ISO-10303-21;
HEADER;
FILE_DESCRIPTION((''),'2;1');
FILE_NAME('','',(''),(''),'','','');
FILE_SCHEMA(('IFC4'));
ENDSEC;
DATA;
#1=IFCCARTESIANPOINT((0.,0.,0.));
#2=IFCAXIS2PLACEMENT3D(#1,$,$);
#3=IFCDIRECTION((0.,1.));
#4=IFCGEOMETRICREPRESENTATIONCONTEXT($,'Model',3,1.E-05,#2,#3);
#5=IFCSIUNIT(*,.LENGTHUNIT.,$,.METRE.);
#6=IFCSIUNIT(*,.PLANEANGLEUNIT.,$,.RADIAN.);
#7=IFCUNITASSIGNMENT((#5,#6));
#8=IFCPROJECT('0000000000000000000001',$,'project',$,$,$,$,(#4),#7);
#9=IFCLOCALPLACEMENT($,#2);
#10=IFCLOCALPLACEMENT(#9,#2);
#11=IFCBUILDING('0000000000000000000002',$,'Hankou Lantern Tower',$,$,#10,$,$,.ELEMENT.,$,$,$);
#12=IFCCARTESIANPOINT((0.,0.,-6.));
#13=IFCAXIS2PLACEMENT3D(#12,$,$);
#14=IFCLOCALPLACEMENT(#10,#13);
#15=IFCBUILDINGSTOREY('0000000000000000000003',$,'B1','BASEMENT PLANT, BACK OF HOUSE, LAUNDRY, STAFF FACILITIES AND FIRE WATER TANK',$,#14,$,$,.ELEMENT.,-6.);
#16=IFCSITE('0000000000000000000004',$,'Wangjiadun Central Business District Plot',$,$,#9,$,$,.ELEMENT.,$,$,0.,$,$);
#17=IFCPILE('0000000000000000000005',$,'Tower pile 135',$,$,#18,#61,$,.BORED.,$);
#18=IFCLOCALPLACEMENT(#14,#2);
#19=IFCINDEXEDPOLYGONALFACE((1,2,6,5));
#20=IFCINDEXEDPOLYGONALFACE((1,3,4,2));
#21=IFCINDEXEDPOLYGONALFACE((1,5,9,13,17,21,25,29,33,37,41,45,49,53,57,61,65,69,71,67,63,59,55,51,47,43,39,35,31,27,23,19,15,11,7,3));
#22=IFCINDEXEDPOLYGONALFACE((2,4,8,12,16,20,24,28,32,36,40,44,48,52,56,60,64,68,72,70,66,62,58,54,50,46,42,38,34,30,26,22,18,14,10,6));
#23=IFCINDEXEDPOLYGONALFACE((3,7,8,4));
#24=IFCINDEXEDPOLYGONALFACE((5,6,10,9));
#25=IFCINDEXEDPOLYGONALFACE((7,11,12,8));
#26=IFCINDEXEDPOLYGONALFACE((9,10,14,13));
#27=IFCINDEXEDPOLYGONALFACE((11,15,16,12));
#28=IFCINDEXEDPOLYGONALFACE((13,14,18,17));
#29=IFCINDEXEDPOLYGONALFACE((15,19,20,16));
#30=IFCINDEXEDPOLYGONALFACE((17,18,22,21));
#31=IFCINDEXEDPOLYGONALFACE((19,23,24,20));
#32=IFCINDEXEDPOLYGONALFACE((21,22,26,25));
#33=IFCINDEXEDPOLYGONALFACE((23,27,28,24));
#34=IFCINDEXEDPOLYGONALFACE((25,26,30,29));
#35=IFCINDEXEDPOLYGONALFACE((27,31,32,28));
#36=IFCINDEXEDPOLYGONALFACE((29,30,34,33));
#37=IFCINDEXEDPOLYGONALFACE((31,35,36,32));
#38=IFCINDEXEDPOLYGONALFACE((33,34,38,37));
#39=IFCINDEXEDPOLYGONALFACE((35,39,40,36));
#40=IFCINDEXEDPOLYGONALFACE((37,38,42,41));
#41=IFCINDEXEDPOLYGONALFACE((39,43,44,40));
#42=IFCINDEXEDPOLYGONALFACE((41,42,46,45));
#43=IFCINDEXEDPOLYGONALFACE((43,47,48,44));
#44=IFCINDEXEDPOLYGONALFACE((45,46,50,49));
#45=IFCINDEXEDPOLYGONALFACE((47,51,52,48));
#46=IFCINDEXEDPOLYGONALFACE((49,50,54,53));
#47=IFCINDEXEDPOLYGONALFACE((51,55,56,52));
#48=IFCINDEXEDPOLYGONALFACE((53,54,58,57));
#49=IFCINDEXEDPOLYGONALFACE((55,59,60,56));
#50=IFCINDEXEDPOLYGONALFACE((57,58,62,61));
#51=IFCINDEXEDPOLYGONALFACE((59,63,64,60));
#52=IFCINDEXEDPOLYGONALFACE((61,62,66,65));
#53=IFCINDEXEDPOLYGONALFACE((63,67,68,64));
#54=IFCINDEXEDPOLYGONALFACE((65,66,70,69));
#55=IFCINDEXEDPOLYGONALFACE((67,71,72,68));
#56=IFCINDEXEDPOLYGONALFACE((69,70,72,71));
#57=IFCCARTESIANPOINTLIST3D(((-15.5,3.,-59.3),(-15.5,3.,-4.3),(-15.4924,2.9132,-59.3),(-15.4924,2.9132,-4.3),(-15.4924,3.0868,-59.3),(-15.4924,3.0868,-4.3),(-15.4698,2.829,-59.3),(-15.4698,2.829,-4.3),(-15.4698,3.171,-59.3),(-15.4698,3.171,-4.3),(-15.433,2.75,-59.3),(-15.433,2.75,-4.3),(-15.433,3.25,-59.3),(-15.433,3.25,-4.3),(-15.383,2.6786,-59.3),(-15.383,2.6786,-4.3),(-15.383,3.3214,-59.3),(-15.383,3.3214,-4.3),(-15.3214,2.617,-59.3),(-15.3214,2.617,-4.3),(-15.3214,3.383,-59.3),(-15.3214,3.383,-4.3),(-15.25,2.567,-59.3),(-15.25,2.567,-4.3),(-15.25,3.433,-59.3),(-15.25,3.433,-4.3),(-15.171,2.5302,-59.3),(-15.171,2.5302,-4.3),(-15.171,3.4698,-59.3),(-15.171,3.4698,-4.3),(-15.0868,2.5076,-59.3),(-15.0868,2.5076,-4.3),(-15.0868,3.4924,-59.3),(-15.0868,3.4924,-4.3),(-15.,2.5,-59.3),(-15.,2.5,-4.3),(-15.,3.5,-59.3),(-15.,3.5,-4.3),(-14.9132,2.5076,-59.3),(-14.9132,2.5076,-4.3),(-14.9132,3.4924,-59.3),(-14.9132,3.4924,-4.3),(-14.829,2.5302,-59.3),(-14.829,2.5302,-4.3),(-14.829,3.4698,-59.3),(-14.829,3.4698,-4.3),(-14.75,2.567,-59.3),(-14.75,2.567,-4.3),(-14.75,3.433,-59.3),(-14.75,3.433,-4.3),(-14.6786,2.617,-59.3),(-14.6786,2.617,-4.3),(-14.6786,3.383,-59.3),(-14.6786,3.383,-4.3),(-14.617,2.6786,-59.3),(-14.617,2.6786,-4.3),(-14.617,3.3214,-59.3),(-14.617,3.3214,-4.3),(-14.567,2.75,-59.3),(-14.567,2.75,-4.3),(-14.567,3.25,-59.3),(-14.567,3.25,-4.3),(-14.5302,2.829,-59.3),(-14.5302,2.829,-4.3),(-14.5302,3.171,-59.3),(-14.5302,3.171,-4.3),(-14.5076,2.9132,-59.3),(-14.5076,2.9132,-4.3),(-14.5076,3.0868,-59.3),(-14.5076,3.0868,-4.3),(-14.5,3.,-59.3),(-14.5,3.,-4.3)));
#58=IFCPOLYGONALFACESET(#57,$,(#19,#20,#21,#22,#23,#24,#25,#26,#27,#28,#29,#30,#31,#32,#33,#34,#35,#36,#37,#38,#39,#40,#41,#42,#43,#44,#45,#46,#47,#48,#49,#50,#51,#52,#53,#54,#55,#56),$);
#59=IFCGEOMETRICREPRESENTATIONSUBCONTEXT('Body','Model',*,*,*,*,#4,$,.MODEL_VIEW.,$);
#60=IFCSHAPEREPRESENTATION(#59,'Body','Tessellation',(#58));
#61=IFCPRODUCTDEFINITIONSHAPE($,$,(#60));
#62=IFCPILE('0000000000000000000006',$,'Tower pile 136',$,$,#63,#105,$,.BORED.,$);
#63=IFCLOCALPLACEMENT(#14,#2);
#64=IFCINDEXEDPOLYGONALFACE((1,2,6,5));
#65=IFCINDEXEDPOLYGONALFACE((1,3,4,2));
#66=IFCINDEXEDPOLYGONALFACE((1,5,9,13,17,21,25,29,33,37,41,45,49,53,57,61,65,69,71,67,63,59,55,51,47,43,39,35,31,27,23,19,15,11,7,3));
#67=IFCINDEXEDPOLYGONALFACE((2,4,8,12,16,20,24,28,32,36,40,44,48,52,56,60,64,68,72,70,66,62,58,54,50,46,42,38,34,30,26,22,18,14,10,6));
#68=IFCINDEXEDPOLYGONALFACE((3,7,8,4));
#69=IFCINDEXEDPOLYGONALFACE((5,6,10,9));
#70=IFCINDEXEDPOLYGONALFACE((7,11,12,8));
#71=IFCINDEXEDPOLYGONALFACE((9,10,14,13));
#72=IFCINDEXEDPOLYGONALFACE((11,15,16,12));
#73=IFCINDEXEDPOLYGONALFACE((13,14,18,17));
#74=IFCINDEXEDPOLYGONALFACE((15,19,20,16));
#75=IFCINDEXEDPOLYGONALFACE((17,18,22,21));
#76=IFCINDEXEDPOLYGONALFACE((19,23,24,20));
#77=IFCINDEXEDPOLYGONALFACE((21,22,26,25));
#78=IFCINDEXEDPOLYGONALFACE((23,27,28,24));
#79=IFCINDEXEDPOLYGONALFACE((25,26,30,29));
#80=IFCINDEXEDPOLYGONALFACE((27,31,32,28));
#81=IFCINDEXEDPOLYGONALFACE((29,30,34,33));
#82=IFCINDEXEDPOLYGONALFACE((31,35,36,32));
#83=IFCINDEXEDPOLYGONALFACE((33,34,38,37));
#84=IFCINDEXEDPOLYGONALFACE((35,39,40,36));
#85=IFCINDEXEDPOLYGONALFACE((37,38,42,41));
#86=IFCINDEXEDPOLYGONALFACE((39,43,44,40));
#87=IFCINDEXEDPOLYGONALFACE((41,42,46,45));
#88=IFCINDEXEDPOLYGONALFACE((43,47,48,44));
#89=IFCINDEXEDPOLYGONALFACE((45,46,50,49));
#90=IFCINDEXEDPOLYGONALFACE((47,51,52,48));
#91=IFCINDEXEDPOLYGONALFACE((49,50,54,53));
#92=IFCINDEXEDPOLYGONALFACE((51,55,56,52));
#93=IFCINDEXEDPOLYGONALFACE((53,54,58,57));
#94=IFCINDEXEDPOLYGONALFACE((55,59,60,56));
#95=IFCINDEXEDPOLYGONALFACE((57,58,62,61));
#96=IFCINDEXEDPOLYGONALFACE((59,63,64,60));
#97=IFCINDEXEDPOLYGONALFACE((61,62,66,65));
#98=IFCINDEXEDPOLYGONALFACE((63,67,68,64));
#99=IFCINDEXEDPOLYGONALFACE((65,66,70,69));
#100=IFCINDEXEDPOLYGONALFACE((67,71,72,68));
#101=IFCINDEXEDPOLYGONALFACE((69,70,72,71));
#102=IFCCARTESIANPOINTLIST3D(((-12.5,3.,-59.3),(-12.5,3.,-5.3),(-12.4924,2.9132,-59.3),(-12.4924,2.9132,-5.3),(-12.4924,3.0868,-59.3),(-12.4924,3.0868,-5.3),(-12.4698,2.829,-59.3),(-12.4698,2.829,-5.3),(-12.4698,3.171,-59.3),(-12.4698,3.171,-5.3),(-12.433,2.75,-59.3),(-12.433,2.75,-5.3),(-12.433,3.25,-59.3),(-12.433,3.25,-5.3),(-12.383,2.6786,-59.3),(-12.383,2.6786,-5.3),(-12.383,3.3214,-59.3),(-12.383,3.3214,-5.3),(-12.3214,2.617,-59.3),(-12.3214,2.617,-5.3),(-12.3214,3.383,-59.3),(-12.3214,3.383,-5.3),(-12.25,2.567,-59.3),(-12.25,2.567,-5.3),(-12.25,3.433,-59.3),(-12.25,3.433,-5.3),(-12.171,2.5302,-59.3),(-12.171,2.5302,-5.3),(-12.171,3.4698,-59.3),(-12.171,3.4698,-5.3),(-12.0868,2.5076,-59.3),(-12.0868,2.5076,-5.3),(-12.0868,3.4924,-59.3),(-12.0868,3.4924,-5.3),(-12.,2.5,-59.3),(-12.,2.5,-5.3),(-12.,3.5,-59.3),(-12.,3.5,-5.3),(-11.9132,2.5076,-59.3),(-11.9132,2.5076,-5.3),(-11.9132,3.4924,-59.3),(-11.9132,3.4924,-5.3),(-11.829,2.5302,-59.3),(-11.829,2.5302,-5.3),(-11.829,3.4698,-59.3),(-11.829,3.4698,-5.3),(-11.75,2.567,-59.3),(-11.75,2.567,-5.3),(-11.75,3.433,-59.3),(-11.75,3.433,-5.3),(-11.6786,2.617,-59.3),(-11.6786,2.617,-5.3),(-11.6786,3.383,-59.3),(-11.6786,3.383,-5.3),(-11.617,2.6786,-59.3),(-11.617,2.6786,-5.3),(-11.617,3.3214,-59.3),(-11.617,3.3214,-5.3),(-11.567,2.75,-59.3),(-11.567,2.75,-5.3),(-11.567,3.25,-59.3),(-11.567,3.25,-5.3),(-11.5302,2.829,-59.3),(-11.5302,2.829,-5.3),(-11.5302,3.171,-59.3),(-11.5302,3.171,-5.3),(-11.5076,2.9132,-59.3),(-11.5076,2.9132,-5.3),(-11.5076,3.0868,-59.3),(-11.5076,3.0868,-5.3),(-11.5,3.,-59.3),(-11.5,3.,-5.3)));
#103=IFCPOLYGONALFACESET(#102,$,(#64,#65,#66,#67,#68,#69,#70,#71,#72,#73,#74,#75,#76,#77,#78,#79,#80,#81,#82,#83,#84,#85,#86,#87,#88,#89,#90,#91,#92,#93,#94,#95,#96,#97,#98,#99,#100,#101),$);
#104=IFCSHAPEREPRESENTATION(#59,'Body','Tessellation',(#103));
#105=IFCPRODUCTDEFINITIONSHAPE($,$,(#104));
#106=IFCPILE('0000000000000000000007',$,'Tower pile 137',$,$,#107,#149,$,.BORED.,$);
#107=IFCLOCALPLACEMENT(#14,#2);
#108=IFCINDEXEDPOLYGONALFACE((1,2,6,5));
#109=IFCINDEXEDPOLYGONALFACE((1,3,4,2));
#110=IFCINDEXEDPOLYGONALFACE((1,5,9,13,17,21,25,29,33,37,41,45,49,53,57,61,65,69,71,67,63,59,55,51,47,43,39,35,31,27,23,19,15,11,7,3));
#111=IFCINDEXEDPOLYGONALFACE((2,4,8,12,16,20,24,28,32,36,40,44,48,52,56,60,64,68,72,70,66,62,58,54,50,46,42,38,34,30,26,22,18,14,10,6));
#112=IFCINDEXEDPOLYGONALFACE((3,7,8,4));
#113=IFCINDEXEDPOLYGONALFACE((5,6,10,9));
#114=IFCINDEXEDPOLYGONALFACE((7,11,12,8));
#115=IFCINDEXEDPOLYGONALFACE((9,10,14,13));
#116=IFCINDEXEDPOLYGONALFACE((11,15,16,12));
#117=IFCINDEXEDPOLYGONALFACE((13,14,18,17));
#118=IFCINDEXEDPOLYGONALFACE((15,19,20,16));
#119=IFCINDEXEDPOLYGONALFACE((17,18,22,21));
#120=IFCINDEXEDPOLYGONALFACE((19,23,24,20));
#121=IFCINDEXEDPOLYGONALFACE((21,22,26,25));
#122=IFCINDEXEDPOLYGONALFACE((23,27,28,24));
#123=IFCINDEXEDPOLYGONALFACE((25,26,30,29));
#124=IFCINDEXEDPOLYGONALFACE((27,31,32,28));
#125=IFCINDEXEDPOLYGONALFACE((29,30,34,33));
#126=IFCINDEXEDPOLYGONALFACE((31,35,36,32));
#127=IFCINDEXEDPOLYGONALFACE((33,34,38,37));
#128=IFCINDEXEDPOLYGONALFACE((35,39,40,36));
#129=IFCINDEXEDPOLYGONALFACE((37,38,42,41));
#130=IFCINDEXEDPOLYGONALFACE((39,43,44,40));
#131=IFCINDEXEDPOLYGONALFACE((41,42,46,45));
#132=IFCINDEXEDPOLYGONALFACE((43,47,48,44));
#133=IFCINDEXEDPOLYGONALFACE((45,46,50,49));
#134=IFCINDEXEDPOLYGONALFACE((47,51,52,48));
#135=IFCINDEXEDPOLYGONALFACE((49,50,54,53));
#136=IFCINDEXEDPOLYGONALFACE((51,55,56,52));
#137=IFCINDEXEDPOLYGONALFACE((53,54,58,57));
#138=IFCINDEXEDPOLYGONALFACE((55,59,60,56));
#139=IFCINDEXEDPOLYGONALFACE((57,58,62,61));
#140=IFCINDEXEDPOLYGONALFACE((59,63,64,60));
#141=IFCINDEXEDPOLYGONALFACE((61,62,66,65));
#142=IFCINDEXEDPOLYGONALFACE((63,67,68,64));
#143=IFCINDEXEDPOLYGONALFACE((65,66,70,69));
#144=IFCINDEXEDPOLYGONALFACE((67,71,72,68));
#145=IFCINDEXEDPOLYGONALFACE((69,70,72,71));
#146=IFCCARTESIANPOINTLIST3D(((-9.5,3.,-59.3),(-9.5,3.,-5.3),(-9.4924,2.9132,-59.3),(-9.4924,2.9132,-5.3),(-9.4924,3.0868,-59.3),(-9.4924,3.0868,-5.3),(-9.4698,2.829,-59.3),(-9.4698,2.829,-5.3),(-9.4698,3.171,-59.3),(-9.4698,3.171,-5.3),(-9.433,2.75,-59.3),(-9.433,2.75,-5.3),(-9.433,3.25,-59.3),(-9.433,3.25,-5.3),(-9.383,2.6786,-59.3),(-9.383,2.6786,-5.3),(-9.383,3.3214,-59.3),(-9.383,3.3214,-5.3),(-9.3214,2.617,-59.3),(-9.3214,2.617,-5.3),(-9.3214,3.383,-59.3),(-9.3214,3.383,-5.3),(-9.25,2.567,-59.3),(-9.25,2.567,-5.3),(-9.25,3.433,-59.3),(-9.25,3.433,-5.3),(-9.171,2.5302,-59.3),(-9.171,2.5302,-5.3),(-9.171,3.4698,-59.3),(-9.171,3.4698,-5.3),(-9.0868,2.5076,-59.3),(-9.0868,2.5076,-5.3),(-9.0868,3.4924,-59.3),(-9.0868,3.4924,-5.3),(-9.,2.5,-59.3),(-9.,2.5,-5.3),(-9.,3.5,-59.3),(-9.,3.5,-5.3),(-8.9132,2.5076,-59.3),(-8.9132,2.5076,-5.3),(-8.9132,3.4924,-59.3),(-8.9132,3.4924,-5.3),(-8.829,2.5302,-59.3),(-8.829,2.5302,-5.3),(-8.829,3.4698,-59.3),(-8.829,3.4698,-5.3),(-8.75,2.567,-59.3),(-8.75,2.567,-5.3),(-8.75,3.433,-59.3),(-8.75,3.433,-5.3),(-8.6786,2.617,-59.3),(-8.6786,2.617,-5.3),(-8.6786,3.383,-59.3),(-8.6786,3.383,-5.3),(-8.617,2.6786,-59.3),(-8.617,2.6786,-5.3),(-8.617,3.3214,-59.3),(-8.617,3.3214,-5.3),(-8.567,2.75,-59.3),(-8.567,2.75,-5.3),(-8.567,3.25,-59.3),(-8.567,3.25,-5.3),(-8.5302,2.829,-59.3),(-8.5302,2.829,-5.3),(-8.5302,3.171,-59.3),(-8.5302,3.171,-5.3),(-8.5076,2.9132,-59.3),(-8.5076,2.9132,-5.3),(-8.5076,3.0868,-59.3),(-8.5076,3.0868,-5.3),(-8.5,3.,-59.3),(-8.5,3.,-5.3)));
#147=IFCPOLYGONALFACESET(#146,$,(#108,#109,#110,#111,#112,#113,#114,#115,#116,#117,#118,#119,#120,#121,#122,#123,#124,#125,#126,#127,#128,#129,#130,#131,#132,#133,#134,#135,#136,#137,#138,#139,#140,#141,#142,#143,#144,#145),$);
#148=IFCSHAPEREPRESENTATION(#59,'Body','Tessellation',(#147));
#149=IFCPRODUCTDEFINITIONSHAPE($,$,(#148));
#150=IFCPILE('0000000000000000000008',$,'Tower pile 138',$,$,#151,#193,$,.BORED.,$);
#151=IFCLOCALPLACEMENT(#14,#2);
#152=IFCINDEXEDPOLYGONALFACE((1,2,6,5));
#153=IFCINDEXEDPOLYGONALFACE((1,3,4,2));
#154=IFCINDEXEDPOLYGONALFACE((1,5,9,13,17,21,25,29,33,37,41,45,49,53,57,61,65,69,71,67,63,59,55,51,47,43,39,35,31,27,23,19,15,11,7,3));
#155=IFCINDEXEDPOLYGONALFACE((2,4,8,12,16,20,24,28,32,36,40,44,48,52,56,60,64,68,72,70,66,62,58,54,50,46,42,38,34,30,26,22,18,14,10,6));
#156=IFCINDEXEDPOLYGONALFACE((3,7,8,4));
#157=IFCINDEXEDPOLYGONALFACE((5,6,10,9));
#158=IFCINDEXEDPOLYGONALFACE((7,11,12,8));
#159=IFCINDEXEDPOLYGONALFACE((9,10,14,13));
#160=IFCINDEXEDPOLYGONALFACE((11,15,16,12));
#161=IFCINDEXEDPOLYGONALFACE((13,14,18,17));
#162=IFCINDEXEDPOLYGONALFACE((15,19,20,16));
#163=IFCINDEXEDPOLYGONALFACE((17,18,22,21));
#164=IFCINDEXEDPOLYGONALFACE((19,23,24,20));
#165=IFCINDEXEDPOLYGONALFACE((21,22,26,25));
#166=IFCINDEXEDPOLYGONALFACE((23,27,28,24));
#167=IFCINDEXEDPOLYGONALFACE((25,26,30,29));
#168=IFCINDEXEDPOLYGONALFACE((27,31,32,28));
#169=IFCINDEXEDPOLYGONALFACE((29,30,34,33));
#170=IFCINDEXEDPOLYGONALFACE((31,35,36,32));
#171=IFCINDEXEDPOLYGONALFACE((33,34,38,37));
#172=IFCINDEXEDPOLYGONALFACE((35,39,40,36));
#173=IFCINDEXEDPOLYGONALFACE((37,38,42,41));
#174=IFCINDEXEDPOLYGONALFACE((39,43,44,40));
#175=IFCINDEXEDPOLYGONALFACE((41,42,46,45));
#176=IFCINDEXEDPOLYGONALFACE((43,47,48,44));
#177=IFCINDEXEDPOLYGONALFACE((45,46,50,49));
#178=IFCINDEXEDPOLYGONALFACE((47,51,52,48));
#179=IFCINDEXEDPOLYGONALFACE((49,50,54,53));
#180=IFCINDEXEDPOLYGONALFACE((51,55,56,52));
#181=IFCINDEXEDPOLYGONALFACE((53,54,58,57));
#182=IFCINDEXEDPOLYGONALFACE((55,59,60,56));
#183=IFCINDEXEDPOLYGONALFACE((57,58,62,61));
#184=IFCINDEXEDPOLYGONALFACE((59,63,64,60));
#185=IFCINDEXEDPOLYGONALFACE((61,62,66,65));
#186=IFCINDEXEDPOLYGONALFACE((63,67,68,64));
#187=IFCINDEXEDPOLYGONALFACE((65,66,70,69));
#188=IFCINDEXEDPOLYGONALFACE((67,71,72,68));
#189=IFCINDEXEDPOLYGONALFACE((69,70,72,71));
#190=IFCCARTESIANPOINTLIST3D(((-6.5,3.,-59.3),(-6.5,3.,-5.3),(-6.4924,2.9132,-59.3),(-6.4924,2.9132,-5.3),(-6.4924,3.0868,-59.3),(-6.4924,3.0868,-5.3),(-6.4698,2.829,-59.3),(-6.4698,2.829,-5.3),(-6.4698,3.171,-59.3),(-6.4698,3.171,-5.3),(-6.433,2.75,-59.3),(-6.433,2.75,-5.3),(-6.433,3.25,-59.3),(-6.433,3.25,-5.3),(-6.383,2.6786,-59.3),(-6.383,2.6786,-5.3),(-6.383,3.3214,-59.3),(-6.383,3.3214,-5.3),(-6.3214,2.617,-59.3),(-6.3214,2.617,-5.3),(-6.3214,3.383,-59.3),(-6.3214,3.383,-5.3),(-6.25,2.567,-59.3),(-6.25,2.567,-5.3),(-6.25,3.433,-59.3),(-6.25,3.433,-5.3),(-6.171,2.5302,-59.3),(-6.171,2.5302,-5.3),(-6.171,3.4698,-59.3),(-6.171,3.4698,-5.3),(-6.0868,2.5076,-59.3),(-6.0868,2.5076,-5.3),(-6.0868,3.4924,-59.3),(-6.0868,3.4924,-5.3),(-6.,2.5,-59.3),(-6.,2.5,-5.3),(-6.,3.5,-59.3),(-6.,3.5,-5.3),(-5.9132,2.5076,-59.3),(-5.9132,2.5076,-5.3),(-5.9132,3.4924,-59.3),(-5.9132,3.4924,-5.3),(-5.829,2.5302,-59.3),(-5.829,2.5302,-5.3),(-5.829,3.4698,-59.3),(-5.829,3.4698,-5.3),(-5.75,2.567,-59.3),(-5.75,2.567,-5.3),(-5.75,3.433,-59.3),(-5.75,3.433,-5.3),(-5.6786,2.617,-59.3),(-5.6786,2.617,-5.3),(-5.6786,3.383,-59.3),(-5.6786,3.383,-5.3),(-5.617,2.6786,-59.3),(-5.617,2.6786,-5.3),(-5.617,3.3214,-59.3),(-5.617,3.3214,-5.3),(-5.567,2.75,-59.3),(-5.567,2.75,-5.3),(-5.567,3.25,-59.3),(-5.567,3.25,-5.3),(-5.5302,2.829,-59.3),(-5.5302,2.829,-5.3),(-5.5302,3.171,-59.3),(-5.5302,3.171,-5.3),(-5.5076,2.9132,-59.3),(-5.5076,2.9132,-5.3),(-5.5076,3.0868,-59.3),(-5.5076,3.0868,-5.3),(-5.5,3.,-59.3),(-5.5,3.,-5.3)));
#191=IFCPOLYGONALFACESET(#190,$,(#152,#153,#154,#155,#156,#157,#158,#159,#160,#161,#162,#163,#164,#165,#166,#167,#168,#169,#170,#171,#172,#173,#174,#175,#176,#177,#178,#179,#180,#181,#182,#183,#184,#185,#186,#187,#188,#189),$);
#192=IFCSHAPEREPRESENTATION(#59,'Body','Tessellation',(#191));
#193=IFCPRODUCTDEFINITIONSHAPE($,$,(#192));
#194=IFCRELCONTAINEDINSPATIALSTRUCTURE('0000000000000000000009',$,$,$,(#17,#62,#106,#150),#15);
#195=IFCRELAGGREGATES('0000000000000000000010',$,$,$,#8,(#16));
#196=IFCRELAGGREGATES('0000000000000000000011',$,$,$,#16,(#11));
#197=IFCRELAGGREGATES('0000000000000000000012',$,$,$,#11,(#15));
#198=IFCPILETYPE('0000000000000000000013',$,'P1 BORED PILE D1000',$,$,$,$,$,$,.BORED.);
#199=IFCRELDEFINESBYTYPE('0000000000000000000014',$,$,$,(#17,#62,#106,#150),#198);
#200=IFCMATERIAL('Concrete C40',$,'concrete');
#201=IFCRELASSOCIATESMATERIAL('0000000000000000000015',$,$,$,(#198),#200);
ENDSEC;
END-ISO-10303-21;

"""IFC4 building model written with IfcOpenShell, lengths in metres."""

from ifc_helpers import new_model, si_unit, direction, frame, origin, origin_2d, place, context, subcontext, project, spatial, circle, extrude, material, material_profile, profile_set, type_object, element, save


model = new_model("IFC4")

# Units and contexts
model_context = context("Model", 3, precision=1e-05, world=origin(), true_north=direction((0.0, 1.0)))
body_context = subcontext(model_context, "Body", "Model", "MODEL_VIEW")
ifc_project = project(units=[si_unit("LENGTHUNIT", "METRE"), si_unit("PLANEANGLEUNIT", "RADIAN")], contexts=[model_context])

# Site, building, storey
site_placement = place(None, origin())
site = spatial("IfcSite", under=ifc_project, at=site_placement, Name="Wangjiadun Central Business District Plot", CompositionType="ELEMENT", RefElevation=0.0)
building_placement = place(site_placement, origin())
building = spatial("IfcBuilding", under=site, at=building_placement, Name="Hankou Lantern Tower", CompositionType="ELEMENT")
storey_placement = place(building_placement, frame((0.0, 0.0, -6.0)))
storey = spatial("IfcBuildingStorey", under=building, at=storey_placement, Name="B1", Description="BASEMENT PLANT, BACK OF HOUSE, LAUNDRY, STAFF FACILITIES AND FIRE WATER TANK", CompositionType="ELEMENT", Elevation=-6.0)

# Piles
ifc_material_1 = material(Name="Concrete C40", Category="concrete")
ifc_material_profile_1 = material_profile(ifc_material_1, circle(Radius=0.5, at=origin_2d()), Name="RC D1000")
ifc_profile_set_1 = profile_set([ifc_material_profile_1], Name="Concrete C40")
pile_type = type_object("IfcPileType", Name="P1 BORED PILE D1000", PredefinedType="BORED", material=ifc_profile_set_1)
pile_1_placement = place(storey_placement, frame((-15.0, 3.0, -4.3), z_axis=(0.0, 0.0, -1.0), x_axis=(1.0, 0.0, 0.0)))
element("IfcPile", 1, at=pile_1_placement, inside=storey, type_object=pile_type, Name="Tower pile 135", PredefinedType="BORED", context=body_context, shape_type="SweptSolid", body=[
    extrude(circle(Radius=0.5, at=origin_2d()), origin(), (0.0, 0.0, 1.0), 55.0),
])
for number, where, z_axis, x_axis, name in (
    (2, (-12.0, 3.0, -5.3), (0.0, 0.0, -1.0), (1.0, 0.0, 0.0), "Tower pile 136"),
    (3, (-9.0, 3.0, -5.3), (0.0, 0.0, -1.0), (1.0, 0.0, 0.0), "Tower pile 137"),
    (4, (-6.0, 3.0, -5.3), (0.0, 0.0, -1.0), (1.0, 0.0, 0.0), "Tower pile 138"),
):
    element("IfcPile", number, at=place(storey_placement, frame(where, z_axis=z_axis, x_axis=x_axis)), inside=storey, type_object=pile_type, Name=name, PredefinedType="BORED", context=body_context, shape_type="SweptSolid", body=[
        extrude(circle(Radius=0.5, at=origin_2d()), origin(), (0.0, 0.0, 1.0), 54.0),
    ])

save(model, "model.ifc")
